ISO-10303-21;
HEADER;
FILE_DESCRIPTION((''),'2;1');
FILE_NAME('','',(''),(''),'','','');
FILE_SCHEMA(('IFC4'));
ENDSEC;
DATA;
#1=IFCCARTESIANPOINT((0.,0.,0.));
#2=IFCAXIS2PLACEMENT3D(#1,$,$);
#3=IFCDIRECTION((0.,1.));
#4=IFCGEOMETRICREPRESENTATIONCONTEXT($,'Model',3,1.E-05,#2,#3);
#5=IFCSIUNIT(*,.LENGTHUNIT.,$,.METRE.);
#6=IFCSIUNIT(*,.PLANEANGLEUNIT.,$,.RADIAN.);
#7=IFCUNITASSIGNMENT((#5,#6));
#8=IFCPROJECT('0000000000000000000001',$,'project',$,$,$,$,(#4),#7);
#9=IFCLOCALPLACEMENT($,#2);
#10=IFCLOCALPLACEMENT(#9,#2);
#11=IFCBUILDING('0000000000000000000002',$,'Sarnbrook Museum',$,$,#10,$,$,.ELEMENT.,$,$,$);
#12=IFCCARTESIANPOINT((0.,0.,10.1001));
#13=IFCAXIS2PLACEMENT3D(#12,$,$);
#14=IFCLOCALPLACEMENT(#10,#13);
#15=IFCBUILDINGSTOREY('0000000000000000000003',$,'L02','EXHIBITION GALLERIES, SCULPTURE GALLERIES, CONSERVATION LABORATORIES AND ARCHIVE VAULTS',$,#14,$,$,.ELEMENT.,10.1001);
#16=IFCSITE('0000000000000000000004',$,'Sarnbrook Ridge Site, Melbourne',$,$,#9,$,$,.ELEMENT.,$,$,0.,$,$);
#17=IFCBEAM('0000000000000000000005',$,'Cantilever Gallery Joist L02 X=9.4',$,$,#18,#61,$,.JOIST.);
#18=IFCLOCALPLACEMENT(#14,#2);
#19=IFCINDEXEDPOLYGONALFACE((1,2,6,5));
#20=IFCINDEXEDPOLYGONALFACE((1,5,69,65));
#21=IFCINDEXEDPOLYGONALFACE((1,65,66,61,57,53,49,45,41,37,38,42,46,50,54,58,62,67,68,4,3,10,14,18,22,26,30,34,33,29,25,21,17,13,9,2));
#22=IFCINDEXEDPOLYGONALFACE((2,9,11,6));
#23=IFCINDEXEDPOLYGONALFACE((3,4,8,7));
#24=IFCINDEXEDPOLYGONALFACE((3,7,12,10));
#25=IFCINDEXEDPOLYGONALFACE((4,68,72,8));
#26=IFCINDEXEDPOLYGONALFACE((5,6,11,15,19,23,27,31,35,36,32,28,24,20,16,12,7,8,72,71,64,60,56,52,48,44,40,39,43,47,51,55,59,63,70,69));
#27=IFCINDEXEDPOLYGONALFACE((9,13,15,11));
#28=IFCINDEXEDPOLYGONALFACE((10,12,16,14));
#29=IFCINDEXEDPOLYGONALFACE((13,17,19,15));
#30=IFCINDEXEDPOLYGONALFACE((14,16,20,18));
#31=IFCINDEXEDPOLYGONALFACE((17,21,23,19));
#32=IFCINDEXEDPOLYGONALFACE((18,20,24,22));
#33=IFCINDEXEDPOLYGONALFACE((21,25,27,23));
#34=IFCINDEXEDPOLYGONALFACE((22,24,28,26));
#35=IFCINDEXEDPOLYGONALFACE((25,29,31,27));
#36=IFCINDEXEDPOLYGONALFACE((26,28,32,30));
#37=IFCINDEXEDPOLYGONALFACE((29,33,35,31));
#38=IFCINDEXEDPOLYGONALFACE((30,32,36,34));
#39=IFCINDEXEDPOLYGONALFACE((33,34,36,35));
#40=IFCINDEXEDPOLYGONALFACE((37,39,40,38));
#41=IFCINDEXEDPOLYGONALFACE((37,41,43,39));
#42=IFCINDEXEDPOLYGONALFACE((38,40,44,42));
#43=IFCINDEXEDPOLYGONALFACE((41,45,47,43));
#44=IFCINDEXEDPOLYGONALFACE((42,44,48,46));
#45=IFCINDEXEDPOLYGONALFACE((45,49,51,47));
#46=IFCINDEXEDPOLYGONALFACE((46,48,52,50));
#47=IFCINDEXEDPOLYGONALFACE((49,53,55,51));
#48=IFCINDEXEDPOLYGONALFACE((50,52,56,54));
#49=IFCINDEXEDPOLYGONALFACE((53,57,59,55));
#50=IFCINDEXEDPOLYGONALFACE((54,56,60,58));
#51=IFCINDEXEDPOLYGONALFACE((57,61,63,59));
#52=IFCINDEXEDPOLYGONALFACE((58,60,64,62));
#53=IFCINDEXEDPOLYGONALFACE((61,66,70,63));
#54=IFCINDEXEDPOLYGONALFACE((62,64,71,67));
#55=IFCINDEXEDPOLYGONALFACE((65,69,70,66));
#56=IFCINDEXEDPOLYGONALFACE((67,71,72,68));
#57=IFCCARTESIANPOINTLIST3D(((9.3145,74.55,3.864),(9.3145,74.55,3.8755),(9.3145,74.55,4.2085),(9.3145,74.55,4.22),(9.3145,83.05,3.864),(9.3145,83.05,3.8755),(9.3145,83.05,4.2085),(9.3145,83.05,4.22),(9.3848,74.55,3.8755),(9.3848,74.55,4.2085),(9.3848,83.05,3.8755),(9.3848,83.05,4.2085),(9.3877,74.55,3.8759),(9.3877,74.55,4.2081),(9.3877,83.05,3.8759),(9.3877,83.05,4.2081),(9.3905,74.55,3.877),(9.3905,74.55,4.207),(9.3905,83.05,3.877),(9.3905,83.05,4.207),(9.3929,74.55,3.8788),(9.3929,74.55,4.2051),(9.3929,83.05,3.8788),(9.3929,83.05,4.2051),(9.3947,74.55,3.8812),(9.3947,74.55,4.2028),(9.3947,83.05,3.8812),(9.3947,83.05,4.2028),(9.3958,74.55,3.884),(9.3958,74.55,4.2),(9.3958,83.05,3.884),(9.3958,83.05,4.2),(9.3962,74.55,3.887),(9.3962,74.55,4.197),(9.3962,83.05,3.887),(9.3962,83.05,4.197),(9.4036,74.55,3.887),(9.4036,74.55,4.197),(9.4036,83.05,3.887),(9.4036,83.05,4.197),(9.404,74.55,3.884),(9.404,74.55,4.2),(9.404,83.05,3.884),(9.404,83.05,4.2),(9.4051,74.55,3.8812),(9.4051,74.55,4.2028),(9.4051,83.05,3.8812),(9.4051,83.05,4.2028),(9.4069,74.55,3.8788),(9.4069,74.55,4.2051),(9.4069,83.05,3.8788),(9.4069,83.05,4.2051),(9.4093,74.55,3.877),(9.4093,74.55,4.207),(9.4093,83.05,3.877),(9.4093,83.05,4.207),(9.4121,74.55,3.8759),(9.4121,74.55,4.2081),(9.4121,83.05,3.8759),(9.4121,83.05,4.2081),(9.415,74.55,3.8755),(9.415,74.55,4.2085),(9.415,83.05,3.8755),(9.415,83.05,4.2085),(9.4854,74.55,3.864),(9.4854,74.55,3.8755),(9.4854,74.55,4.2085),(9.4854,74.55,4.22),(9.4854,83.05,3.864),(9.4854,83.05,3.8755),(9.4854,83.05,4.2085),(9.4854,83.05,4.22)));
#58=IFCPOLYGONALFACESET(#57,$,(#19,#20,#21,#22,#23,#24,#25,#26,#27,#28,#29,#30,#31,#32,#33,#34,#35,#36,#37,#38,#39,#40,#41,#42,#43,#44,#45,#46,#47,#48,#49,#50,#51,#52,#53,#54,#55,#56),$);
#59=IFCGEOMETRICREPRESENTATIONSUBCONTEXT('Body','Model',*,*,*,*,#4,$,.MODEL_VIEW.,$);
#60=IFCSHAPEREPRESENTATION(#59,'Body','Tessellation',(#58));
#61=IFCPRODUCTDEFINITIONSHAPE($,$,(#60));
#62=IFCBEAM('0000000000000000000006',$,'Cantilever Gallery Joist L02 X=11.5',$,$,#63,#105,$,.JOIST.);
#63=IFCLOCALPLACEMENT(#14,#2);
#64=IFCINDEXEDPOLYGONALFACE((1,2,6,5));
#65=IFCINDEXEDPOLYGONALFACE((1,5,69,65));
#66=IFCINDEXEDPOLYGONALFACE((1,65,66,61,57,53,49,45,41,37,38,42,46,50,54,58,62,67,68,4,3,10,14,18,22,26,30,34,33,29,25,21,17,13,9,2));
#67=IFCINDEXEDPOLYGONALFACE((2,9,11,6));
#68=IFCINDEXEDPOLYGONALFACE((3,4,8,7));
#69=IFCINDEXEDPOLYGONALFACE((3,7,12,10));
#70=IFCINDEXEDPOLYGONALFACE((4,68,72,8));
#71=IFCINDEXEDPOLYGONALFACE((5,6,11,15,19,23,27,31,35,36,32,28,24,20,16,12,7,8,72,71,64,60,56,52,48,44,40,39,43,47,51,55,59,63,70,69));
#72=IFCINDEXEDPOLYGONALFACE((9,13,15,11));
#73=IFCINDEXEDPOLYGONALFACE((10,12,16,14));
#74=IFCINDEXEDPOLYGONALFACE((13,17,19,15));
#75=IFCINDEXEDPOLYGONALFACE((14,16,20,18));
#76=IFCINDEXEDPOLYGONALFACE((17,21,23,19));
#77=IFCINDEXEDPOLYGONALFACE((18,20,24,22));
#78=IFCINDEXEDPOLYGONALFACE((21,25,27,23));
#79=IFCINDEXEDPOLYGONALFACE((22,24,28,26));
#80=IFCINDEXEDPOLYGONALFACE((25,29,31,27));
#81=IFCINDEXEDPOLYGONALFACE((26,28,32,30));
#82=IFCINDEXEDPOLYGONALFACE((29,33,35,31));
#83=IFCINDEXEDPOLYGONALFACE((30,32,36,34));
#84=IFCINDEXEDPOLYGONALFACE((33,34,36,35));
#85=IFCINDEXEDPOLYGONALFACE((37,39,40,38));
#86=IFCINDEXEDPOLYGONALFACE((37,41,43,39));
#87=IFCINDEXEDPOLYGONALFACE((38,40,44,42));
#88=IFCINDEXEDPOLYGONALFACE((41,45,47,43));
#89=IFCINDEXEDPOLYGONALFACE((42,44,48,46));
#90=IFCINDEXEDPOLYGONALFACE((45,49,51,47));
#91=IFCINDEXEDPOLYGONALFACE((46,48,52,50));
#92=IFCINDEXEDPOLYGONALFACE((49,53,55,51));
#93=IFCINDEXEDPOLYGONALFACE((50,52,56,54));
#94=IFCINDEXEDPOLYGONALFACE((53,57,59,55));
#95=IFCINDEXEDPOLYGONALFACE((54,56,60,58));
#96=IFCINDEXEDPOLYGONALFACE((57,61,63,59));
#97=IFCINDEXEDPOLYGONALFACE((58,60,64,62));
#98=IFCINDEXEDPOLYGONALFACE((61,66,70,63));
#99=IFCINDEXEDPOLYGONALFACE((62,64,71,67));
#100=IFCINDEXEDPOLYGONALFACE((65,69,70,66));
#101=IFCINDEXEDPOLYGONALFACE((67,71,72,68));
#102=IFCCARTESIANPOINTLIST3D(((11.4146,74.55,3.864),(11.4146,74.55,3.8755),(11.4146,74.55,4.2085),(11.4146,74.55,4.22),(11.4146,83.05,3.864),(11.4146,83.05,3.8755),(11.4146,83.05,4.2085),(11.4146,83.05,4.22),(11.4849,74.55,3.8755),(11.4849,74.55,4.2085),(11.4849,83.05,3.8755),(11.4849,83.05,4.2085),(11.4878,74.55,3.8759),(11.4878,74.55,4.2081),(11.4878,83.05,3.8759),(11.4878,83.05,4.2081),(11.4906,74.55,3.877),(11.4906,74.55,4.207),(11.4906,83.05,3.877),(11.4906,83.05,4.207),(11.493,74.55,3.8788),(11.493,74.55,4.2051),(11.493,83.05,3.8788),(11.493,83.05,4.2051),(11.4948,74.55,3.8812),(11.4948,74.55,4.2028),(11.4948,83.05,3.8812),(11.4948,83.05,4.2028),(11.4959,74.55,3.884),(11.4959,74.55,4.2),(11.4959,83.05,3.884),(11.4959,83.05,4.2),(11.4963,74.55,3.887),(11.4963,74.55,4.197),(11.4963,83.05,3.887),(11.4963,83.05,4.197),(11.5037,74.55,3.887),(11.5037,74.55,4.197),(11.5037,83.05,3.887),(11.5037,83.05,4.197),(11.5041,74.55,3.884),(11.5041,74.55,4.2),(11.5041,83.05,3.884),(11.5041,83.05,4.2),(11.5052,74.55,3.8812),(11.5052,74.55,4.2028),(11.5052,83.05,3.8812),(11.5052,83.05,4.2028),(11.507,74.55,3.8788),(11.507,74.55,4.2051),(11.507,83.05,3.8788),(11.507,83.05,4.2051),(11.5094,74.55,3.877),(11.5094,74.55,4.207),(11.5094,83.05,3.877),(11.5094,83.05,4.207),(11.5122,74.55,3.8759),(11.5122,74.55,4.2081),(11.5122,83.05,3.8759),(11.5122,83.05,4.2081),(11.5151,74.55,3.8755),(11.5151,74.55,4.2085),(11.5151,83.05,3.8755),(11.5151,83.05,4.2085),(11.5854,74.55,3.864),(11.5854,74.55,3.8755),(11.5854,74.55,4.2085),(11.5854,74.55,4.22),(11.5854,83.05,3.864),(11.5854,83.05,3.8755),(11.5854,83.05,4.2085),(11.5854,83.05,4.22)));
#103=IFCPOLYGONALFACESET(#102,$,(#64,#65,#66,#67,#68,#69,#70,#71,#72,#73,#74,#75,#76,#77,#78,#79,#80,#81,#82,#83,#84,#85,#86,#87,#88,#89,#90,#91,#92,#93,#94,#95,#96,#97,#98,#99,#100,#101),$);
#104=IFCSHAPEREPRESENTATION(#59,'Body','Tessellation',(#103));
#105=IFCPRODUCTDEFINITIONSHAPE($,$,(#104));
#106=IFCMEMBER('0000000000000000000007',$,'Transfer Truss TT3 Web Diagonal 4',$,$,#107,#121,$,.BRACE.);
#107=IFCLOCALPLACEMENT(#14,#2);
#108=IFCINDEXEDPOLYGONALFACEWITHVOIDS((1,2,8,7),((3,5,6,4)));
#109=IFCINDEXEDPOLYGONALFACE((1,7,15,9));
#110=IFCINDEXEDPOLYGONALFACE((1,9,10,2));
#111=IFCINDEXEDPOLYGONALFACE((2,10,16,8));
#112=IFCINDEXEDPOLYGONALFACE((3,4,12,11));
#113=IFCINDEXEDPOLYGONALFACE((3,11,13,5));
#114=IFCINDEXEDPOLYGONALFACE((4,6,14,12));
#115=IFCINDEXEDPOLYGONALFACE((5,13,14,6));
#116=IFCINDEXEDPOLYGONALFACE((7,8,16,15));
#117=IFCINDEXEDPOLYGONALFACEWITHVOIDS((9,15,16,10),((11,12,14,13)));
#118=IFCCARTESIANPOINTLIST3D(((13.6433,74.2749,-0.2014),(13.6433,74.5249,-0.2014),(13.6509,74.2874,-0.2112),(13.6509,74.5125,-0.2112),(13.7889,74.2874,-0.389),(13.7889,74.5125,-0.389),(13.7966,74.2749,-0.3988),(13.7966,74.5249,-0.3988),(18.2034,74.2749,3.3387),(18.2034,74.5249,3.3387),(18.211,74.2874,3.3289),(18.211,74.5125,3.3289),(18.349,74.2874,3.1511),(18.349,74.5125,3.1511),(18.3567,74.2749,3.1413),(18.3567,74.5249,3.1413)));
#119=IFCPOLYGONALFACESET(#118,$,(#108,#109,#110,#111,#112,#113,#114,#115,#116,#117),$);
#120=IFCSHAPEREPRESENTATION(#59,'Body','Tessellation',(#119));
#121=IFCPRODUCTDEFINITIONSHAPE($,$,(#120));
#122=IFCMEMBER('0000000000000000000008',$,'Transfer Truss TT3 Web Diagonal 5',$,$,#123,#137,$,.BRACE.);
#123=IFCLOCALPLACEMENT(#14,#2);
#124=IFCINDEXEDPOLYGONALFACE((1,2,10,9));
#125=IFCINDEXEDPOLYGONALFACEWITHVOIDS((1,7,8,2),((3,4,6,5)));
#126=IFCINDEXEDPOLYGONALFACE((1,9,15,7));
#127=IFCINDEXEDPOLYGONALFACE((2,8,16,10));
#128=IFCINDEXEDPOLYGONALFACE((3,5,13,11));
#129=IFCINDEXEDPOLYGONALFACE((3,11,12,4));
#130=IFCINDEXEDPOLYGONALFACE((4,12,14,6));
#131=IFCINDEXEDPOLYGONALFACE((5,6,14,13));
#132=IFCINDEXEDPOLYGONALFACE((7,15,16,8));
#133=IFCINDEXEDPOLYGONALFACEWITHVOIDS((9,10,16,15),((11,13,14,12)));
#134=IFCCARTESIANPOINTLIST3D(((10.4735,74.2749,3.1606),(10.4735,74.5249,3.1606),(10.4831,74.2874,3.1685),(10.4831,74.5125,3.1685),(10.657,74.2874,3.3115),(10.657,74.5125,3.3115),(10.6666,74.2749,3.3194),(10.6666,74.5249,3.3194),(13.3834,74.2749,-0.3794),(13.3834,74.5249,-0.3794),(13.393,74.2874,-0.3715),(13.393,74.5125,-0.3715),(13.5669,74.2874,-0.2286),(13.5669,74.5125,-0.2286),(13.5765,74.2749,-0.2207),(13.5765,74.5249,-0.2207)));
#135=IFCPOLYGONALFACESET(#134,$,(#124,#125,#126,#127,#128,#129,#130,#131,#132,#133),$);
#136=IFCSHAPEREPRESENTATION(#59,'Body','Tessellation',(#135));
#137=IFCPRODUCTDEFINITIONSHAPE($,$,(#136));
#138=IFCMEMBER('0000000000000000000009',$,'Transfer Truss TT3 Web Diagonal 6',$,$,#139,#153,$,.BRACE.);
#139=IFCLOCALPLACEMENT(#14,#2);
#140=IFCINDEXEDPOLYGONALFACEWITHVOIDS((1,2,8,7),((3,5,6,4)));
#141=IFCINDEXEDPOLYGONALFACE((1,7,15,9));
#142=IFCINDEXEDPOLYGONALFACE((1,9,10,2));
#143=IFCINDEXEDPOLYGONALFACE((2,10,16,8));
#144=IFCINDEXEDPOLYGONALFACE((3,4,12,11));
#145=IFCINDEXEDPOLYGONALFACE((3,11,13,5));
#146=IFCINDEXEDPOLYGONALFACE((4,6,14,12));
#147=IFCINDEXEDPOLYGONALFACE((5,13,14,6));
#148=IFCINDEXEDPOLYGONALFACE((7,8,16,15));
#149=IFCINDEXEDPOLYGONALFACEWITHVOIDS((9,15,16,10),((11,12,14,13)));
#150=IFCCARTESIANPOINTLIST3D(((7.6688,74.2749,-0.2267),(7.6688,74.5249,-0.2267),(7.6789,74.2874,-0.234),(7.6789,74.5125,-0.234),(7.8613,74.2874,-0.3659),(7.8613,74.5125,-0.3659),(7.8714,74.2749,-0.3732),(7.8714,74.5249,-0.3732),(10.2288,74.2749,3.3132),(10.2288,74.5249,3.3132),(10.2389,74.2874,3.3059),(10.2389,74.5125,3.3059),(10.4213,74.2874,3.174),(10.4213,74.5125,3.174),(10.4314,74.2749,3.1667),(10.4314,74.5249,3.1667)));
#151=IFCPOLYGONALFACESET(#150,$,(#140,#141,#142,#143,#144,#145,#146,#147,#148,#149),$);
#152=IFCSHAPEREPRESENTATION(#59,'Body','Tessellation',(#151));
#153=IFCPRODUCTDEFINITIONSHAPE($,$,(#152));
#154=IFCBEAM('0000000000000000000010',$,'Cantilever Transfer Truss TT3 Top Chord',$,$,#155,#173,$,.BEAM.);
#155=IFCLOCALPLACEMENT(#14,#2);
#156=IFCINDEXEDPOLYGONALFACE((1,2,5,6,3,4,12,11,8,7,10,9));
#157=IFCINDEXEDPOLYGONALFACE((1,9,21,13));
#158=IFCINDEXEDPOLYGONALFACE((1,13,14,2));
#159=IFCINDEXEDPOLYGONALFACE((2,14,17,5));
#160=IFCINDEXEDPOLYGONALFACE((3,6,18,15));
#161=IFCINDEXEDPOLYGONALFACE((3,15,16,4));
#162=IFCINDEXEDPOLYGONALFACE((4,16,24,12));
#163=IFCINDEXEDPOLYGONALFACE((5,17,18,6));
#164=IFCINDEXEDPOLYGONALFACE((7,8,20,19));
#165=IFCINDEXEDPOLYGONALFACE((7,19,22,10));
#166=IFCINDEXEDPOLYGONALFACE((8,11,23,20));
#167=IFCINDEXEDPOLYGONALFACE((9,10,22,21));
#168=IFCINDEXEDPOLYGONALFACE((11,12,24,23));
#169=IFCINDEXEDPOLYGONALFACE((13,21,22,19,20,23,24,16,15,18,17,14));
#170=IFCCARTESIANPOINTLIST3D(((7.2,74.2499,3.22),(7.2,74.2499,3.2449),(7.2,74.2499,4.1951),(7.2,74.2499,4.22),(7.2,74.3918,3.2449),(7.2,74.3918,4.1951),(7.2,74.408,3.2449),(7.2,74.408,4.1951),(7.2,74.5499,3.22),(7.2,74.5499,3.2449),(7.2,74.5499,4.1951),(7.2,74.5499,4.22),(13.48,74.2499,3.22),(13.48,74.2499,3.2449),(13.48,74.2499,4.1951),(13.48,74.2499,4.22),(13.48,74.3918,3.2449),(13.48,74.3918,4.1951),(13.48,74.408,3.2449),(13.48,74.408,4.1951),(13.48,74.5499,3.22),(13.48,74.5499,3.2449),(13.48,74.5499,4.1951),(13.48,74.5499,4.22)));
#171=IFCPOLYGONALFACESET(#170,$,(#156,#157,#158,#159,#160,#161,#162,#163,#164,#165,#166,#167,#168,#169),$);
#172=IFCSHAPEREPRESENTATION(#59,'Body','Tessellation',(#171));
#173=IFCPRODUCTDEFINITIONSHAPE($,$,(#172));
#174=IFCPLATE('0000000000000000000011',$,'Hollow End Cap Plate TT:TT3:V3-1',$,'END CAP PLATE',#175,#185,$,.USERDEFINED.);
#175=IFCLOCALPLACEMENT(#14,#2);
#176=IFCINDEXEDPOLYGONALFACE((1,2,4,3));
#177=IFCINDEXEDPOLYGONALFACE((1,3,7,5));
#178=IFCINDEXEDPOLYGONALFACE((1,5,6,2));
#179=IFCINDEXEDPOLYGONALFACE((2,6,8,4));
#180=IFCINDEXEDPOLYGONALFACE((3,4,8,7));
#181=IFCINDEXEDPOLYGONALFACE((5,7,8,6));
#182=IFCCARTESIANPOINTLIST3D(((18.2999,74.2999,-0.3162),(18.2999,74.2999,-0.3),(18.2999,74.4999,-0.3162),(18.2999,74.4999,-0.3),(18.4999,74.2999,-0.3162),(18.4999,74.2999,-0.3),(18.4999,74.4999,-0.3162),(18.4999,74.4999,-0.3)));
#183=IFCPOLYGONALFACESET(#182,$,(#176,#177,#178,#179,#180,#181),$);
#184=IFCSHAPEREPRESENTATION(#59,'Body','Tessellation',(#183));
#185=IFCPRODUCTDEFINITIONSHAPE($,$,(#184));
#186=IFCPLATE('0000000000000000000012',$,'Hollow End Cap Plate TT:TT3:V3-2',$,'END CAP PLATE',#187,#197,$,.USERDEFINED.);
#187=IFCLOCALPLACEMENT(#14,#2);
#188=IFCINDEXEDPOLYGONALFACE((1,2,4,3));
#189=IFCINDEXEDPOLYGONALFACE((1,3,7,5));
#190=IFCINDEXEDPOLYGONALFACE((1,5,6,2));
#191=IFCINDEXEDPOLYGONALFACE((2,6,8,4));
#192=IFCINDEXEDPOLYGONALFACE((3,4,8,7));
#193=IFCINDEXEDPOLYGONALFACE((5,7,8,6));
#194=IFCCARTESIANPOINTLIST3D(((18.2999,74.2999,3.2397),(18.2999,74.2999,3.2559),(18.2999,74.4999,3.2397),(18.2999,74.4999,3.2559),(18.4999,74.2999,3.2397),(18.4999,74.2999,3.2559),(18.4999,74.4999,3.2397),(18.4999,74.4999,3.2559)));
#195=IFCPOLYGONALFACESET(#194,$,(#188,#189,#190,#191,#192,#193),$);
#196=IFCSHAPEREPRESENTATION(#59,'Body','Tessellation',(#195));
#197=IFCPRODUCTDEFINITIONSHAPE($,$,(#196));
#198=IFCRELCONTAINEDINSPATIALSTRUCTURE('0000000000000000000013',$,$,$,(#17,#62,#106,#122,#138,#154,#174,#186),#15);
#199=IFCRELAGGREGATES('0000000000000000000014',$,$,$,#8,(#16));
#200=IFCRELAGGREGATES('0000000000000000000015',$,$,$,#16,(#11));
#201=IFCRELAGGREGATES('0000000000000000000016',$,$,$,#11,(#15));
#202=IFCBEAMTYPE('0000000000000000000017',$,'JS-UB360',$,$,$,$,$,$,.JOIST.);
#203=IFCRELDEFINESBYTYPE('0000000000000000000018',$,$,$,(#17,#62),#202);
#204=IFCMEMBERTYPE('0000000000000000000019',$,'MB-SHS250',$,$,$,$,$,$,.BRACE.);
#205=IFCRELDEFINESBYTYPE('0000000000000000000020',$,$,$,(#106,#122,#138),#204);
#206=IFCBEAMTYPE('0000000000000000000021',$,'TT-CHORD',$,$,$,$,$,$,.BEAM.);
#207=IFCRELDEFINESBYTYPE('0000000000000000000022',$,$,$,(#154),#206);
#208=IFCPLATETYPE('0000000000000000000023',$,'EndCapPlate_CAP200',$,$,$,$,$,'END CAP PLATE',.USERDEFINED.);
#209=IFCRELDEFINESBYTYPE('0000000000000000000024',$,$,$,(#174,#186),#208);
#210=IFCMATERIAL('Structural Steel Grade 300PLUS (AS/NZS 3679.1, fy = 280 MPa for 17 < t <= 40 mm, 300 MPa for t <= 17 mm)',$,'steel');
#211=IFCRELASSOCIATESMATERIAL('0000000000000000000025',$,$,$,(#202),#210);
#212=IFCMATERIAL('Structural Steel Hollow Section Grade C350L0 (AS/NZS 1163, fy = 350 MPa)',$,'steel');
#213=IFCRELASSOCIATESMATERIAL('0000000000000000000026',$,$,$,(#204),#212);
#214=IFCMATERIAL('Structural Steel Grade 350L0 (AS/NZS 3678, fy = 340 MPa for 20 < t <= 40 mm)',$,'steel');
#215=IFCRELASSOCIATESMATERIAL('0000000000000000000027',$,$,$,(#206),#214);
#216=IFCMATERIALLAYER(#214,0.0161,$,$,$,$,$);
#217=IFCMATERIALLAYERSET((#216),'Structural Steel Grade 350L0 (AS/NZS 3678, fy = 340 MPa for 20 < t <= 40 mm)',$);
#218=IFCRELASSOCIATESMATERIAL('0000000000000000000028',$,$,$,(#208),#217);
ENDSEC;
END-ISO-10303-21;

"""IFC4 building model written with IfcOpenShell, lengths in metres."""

from ifc_helpers import new_model, si_unit, direction, frame, origin, origin_2d, place, context, subcontext, project, spatial, rectangle, hollow_rectangle, i_section, extrude, material, layer, layer_set, material_profile, profile_set, type_object, element, save


model = new_model("IFC4")

# Units and contexts
model_context = context("Model", 3, precision=1e-05, world=origin(), true_north=direction((0.0, 1.0)))
body_context = subcontext(model_context, "Body", "Model", "MODEL_VIEW")
ifc_project = project(units=[si_unit("LENGTHUNIT", "METRE"), si_unit("PLANEANGLEUNIT", "RADIAN")], contexts=[model_context])

# Site, building, storey
site_placement = place(None, origin())
site = spatial("IfcSite", under=ifc_project, at=site_placement, Name="Sarnbrook Ridge Site, Melbourne", CompositionType="ELEMENT", RefElevation=0.0)
building_placement = place(site_placement, origin())
building = spatial("IfcBuilding", under=site, at=building_placement, Name="Sarnbrook Museum", CompositionType="ELEMENT")
storey_placement = place(building_placement, frame((0.0, 0.0, 10.1001)))
storey = spatial("IfcBuildingStorey", under=building, at=storey_placement, Name="L02", Description="EXHIBITION GALLERIES, SCULPTURE GALLERIES, CONSERVATION LABORATORIES AND ARCHIVE VAULTS", CompositionType="ELEMENT", Elevation=10.1001)

# Shared definitions
ifc_material_1 = material(Name="Structural Steel Grade 300PLUS (AS/NZS 3679.1, fy = 280 MPa for 17 < t <= 40 mm, 300 MPa for t <= 17 mm)", Category="steel")

# Shared definitions
ifc_material_2 = material(Name="Structural Steel Hollow Section Grade C350L0 (AS/NZS 1163, fy = 350 MPa)", Category="steel")

# Beams
ifc_material_profile_1 = material_profile(ifc_material_1, i_section(OverallWidth=0.1709, OverallDepth=0.356, WebThickness=0.0073, FlangeThickness=0.0115, FilletRadius=0.0115, at=origin_2d()), Name="360UB50.7")
ifc_profile_set_1 = profile_set([ifc_material_profile_1], Name="Structural Steel Grade 300PLUS (AS/NZS 3679.1, fy = 280 MPa for 17 < t <= 40 mm, 300 MPa for t <= 17 mm)")
beam_type_1 = type_object("IfcBeamType", Name="JS-UB360", PredefinedType="JOIST", material=ifc_profile_set_1)
for number, where, z_axis, x_axis, name in (
    (1, (9.3999, 74.55, 4.042), (0.0, 1.0, 0.0), (-1.0, 0.0, 0.0), "Cantilever Gallery Joist L02 X=9.4"),
    (2, (11.5, 74.55, 4.042), (0.0, 1.0, 0.0), (-1.0, 0.0, 0.0), "Cantilever Gallery Joist L02 X=11.5"),
):
    element("IfcBeam", number, at=place(storey_placement, frame(where, z_axis=z_axis, x_axis=x_axis)), inside=storey, type_object=beam_type_1, Name=name, PredefinedType="JOIST", context=body_context, shape_type="SweptSolid", body=[
        extrude(i_section(OverallWidth=0.1709, OverallDepth=0.356, WebThickness=0.0073, FlangeThickness=0.0115, FilletRadius=0.0115, at=origin_2d()), origin(), (0.0, 0.0, 1.0), 8.5),
    ])

# Members
ifc_material_profile_2 = material_profile(ifc_material_2, hollow_rectangle(XDim=0.25, YDim=0.25, WallThickness=0.0125, at=origin_2d()), Name="250x250x12.5SHS")
ifc_profile_set_2 = profile_set([ifc_material_profile_2], Name="Structural Steel Hollow Section Grade C350L0 (AS/NZS 1163, fy = 350 MPa)")
member_type_1 = type_object("IfcMemberType", Name="MB-SHS250", PredefinedType="BRACE", material=ifc_profile_set_2)
member_1_placement = place(storey_placement, frame((18.28, 74.3999, 3.24), z_axis=(-0.789912, 0.0, -0.61322), x_axis=(0.0, -1.0, 0.0)))
element("IfcMember", 3, at=member_1_placement, inside=storey, type_object=member_type_1, Name="Transfer Truss TT3 Web Diagonal 4", PredefinedType="BRACE", context=body_context, shape_type="SweptSolid", body=[
    extrude(hollow_rectangle(XDim=0.25, YDim=0.25, WallThickness=0.0125, at=origin_2d()), origin(), (0.0, 0.0, 1.0), 5.7729),
])
member_2_placement = place(storey_placement, frame((13.48, 74.3999, -0.3), z_axis=(-0.635003, 0.0, 0.77251), x_axis=(0.0, -1.0, 0.0)))
element("IfcMember", 4, at=member_2_placement, inside=storey, type_object=member_type_1, Name="Transfer Truss TT3 Web Diagonal 5", PredefinedType="BRACE", context=body_context, shape_type="SweptSolid", body=[
    extrude(hollow_rectangle(XDim=0.25, YDim=0.25, WallThickness=0.0125, at=origin_2d()), origin(), (0.0, 0.0, 1.0), 4.5825),
])
member_3_placement = place(storey_placement, frame((10.3301, 74.3999, 3.24), z_axis=(-0.585996, 0.0, -0.810314), x_axis=(0.0, -1.0, 0.0)))
element("IfcMember", 5, at=member_3_placement, inside=storey, type_object=member_type_1, Name="Transfer Truss TT3 Web Diagonal 6", PredefinedType="BRACE", context=body_context, shape_type="SweptSolid", body=[
    extrude(hollow_rectangle(XDim=0.25, YDim=0.25, WallThickness=0.0125, at=origin_2d()), origin(), (0.0, 0.0, 1.0), 4.3687),
])

# Beam
ifc_material_3 = material(Name="Structural Steel Grade 350L0 (AS/NZS 3678, fy = 340 MPa for 20 < t <= 40 mm)", Category="steel")
ifc_material_profile_3 = material_profile(ifc_material_3, i_section(OverallWidth=0.3, OverallDepth=1.0, WebThickness=0.0161, FlangeThickness=0.0249, at=origin_2d()), Name="1000WB215")
ifc_profile_set_3 = profile_set([ifc_material_profile_3], Name="Structural Steel Grade 350L0 (AS/NZS 3678, fy = 340 MPa for 20 < t <= 40 mm)")
beam_type_2 = type_object("IfcBeamType", Name="TT-CHORD", PredefinedType="BEAM", material=ifc_profile_set_3)
beam_1_placement = place(storey_placement, frame((13.48, 74.3999, 3.72), z_axis=(-1.0, 0.0, 0.0), x_axis=(0.0, -1.0, 0.0)))
element("IfcBeam", 6, at=beam_1_placement, inside=storey, type_object=beam_type_2, Name="Cantilever Transfer Truss TT3 Top Chord", PredefinedType="BEAM", context=body_context, shape_type="SweptSolid", body=[
    extrude(i_section(OverallWidth=0.3, OverallDepth=1.0, WebThickness=0.0161, FlangeThickness=0.0249, at=origin_2d()), origin(), (0.0, 0.0, 1.0), 6.28),
])

# Plates
ifc_layer_1 = layer(ifc_material_3, 0.0161)
ifc_layer_set_1 = layer_set([ifc_layer_1], Name="Structural Steel Grade 350L0 (AS/NZS 3678, fy = 340 MPa for 20 < t <= 40 mm)")
plate_type_1 = type_object("IfcPlateType", Name="EndCapPlate_CAP200", ElementType="END CAP PLATE", PredefinedType="USERDEFINED", material=ifc_layer_set_1)
for number, where, z_axis, x_axis, name in (
    (7, (18.3999, 74.3999, -0.3162), (0.0, 0.0, 1.0), (1.0, 0.0, 0.0), "Hollow End Cap Plate TT:TT3:V3-1"),
    (8, (18.3999, 74.3999, 3.2397), (0.0, 0.0, 1.0), (1.0, 0.0, 0.0), "Hollow End Cap Plate TT:TT3:V3-2"),
):
    element("IfcPlate", number, at=place(storey_placement, frame(where, z_axis=z_axis, x_axis=x_axis)), inside=storey, type_object=plate_type_1, Name=name, ObjectType="END CAP PLATE", PredefinedType="USERDEFINED", context=body_context, shape_type="SweptSolid", body=[
        extrude(rectangle(XDim=0.2, YDim=0.2, at=origin_2d()), origin(), (0.0, 0.0, 1.0), 0.0161),
    ])

save(model, "model.ifc")
